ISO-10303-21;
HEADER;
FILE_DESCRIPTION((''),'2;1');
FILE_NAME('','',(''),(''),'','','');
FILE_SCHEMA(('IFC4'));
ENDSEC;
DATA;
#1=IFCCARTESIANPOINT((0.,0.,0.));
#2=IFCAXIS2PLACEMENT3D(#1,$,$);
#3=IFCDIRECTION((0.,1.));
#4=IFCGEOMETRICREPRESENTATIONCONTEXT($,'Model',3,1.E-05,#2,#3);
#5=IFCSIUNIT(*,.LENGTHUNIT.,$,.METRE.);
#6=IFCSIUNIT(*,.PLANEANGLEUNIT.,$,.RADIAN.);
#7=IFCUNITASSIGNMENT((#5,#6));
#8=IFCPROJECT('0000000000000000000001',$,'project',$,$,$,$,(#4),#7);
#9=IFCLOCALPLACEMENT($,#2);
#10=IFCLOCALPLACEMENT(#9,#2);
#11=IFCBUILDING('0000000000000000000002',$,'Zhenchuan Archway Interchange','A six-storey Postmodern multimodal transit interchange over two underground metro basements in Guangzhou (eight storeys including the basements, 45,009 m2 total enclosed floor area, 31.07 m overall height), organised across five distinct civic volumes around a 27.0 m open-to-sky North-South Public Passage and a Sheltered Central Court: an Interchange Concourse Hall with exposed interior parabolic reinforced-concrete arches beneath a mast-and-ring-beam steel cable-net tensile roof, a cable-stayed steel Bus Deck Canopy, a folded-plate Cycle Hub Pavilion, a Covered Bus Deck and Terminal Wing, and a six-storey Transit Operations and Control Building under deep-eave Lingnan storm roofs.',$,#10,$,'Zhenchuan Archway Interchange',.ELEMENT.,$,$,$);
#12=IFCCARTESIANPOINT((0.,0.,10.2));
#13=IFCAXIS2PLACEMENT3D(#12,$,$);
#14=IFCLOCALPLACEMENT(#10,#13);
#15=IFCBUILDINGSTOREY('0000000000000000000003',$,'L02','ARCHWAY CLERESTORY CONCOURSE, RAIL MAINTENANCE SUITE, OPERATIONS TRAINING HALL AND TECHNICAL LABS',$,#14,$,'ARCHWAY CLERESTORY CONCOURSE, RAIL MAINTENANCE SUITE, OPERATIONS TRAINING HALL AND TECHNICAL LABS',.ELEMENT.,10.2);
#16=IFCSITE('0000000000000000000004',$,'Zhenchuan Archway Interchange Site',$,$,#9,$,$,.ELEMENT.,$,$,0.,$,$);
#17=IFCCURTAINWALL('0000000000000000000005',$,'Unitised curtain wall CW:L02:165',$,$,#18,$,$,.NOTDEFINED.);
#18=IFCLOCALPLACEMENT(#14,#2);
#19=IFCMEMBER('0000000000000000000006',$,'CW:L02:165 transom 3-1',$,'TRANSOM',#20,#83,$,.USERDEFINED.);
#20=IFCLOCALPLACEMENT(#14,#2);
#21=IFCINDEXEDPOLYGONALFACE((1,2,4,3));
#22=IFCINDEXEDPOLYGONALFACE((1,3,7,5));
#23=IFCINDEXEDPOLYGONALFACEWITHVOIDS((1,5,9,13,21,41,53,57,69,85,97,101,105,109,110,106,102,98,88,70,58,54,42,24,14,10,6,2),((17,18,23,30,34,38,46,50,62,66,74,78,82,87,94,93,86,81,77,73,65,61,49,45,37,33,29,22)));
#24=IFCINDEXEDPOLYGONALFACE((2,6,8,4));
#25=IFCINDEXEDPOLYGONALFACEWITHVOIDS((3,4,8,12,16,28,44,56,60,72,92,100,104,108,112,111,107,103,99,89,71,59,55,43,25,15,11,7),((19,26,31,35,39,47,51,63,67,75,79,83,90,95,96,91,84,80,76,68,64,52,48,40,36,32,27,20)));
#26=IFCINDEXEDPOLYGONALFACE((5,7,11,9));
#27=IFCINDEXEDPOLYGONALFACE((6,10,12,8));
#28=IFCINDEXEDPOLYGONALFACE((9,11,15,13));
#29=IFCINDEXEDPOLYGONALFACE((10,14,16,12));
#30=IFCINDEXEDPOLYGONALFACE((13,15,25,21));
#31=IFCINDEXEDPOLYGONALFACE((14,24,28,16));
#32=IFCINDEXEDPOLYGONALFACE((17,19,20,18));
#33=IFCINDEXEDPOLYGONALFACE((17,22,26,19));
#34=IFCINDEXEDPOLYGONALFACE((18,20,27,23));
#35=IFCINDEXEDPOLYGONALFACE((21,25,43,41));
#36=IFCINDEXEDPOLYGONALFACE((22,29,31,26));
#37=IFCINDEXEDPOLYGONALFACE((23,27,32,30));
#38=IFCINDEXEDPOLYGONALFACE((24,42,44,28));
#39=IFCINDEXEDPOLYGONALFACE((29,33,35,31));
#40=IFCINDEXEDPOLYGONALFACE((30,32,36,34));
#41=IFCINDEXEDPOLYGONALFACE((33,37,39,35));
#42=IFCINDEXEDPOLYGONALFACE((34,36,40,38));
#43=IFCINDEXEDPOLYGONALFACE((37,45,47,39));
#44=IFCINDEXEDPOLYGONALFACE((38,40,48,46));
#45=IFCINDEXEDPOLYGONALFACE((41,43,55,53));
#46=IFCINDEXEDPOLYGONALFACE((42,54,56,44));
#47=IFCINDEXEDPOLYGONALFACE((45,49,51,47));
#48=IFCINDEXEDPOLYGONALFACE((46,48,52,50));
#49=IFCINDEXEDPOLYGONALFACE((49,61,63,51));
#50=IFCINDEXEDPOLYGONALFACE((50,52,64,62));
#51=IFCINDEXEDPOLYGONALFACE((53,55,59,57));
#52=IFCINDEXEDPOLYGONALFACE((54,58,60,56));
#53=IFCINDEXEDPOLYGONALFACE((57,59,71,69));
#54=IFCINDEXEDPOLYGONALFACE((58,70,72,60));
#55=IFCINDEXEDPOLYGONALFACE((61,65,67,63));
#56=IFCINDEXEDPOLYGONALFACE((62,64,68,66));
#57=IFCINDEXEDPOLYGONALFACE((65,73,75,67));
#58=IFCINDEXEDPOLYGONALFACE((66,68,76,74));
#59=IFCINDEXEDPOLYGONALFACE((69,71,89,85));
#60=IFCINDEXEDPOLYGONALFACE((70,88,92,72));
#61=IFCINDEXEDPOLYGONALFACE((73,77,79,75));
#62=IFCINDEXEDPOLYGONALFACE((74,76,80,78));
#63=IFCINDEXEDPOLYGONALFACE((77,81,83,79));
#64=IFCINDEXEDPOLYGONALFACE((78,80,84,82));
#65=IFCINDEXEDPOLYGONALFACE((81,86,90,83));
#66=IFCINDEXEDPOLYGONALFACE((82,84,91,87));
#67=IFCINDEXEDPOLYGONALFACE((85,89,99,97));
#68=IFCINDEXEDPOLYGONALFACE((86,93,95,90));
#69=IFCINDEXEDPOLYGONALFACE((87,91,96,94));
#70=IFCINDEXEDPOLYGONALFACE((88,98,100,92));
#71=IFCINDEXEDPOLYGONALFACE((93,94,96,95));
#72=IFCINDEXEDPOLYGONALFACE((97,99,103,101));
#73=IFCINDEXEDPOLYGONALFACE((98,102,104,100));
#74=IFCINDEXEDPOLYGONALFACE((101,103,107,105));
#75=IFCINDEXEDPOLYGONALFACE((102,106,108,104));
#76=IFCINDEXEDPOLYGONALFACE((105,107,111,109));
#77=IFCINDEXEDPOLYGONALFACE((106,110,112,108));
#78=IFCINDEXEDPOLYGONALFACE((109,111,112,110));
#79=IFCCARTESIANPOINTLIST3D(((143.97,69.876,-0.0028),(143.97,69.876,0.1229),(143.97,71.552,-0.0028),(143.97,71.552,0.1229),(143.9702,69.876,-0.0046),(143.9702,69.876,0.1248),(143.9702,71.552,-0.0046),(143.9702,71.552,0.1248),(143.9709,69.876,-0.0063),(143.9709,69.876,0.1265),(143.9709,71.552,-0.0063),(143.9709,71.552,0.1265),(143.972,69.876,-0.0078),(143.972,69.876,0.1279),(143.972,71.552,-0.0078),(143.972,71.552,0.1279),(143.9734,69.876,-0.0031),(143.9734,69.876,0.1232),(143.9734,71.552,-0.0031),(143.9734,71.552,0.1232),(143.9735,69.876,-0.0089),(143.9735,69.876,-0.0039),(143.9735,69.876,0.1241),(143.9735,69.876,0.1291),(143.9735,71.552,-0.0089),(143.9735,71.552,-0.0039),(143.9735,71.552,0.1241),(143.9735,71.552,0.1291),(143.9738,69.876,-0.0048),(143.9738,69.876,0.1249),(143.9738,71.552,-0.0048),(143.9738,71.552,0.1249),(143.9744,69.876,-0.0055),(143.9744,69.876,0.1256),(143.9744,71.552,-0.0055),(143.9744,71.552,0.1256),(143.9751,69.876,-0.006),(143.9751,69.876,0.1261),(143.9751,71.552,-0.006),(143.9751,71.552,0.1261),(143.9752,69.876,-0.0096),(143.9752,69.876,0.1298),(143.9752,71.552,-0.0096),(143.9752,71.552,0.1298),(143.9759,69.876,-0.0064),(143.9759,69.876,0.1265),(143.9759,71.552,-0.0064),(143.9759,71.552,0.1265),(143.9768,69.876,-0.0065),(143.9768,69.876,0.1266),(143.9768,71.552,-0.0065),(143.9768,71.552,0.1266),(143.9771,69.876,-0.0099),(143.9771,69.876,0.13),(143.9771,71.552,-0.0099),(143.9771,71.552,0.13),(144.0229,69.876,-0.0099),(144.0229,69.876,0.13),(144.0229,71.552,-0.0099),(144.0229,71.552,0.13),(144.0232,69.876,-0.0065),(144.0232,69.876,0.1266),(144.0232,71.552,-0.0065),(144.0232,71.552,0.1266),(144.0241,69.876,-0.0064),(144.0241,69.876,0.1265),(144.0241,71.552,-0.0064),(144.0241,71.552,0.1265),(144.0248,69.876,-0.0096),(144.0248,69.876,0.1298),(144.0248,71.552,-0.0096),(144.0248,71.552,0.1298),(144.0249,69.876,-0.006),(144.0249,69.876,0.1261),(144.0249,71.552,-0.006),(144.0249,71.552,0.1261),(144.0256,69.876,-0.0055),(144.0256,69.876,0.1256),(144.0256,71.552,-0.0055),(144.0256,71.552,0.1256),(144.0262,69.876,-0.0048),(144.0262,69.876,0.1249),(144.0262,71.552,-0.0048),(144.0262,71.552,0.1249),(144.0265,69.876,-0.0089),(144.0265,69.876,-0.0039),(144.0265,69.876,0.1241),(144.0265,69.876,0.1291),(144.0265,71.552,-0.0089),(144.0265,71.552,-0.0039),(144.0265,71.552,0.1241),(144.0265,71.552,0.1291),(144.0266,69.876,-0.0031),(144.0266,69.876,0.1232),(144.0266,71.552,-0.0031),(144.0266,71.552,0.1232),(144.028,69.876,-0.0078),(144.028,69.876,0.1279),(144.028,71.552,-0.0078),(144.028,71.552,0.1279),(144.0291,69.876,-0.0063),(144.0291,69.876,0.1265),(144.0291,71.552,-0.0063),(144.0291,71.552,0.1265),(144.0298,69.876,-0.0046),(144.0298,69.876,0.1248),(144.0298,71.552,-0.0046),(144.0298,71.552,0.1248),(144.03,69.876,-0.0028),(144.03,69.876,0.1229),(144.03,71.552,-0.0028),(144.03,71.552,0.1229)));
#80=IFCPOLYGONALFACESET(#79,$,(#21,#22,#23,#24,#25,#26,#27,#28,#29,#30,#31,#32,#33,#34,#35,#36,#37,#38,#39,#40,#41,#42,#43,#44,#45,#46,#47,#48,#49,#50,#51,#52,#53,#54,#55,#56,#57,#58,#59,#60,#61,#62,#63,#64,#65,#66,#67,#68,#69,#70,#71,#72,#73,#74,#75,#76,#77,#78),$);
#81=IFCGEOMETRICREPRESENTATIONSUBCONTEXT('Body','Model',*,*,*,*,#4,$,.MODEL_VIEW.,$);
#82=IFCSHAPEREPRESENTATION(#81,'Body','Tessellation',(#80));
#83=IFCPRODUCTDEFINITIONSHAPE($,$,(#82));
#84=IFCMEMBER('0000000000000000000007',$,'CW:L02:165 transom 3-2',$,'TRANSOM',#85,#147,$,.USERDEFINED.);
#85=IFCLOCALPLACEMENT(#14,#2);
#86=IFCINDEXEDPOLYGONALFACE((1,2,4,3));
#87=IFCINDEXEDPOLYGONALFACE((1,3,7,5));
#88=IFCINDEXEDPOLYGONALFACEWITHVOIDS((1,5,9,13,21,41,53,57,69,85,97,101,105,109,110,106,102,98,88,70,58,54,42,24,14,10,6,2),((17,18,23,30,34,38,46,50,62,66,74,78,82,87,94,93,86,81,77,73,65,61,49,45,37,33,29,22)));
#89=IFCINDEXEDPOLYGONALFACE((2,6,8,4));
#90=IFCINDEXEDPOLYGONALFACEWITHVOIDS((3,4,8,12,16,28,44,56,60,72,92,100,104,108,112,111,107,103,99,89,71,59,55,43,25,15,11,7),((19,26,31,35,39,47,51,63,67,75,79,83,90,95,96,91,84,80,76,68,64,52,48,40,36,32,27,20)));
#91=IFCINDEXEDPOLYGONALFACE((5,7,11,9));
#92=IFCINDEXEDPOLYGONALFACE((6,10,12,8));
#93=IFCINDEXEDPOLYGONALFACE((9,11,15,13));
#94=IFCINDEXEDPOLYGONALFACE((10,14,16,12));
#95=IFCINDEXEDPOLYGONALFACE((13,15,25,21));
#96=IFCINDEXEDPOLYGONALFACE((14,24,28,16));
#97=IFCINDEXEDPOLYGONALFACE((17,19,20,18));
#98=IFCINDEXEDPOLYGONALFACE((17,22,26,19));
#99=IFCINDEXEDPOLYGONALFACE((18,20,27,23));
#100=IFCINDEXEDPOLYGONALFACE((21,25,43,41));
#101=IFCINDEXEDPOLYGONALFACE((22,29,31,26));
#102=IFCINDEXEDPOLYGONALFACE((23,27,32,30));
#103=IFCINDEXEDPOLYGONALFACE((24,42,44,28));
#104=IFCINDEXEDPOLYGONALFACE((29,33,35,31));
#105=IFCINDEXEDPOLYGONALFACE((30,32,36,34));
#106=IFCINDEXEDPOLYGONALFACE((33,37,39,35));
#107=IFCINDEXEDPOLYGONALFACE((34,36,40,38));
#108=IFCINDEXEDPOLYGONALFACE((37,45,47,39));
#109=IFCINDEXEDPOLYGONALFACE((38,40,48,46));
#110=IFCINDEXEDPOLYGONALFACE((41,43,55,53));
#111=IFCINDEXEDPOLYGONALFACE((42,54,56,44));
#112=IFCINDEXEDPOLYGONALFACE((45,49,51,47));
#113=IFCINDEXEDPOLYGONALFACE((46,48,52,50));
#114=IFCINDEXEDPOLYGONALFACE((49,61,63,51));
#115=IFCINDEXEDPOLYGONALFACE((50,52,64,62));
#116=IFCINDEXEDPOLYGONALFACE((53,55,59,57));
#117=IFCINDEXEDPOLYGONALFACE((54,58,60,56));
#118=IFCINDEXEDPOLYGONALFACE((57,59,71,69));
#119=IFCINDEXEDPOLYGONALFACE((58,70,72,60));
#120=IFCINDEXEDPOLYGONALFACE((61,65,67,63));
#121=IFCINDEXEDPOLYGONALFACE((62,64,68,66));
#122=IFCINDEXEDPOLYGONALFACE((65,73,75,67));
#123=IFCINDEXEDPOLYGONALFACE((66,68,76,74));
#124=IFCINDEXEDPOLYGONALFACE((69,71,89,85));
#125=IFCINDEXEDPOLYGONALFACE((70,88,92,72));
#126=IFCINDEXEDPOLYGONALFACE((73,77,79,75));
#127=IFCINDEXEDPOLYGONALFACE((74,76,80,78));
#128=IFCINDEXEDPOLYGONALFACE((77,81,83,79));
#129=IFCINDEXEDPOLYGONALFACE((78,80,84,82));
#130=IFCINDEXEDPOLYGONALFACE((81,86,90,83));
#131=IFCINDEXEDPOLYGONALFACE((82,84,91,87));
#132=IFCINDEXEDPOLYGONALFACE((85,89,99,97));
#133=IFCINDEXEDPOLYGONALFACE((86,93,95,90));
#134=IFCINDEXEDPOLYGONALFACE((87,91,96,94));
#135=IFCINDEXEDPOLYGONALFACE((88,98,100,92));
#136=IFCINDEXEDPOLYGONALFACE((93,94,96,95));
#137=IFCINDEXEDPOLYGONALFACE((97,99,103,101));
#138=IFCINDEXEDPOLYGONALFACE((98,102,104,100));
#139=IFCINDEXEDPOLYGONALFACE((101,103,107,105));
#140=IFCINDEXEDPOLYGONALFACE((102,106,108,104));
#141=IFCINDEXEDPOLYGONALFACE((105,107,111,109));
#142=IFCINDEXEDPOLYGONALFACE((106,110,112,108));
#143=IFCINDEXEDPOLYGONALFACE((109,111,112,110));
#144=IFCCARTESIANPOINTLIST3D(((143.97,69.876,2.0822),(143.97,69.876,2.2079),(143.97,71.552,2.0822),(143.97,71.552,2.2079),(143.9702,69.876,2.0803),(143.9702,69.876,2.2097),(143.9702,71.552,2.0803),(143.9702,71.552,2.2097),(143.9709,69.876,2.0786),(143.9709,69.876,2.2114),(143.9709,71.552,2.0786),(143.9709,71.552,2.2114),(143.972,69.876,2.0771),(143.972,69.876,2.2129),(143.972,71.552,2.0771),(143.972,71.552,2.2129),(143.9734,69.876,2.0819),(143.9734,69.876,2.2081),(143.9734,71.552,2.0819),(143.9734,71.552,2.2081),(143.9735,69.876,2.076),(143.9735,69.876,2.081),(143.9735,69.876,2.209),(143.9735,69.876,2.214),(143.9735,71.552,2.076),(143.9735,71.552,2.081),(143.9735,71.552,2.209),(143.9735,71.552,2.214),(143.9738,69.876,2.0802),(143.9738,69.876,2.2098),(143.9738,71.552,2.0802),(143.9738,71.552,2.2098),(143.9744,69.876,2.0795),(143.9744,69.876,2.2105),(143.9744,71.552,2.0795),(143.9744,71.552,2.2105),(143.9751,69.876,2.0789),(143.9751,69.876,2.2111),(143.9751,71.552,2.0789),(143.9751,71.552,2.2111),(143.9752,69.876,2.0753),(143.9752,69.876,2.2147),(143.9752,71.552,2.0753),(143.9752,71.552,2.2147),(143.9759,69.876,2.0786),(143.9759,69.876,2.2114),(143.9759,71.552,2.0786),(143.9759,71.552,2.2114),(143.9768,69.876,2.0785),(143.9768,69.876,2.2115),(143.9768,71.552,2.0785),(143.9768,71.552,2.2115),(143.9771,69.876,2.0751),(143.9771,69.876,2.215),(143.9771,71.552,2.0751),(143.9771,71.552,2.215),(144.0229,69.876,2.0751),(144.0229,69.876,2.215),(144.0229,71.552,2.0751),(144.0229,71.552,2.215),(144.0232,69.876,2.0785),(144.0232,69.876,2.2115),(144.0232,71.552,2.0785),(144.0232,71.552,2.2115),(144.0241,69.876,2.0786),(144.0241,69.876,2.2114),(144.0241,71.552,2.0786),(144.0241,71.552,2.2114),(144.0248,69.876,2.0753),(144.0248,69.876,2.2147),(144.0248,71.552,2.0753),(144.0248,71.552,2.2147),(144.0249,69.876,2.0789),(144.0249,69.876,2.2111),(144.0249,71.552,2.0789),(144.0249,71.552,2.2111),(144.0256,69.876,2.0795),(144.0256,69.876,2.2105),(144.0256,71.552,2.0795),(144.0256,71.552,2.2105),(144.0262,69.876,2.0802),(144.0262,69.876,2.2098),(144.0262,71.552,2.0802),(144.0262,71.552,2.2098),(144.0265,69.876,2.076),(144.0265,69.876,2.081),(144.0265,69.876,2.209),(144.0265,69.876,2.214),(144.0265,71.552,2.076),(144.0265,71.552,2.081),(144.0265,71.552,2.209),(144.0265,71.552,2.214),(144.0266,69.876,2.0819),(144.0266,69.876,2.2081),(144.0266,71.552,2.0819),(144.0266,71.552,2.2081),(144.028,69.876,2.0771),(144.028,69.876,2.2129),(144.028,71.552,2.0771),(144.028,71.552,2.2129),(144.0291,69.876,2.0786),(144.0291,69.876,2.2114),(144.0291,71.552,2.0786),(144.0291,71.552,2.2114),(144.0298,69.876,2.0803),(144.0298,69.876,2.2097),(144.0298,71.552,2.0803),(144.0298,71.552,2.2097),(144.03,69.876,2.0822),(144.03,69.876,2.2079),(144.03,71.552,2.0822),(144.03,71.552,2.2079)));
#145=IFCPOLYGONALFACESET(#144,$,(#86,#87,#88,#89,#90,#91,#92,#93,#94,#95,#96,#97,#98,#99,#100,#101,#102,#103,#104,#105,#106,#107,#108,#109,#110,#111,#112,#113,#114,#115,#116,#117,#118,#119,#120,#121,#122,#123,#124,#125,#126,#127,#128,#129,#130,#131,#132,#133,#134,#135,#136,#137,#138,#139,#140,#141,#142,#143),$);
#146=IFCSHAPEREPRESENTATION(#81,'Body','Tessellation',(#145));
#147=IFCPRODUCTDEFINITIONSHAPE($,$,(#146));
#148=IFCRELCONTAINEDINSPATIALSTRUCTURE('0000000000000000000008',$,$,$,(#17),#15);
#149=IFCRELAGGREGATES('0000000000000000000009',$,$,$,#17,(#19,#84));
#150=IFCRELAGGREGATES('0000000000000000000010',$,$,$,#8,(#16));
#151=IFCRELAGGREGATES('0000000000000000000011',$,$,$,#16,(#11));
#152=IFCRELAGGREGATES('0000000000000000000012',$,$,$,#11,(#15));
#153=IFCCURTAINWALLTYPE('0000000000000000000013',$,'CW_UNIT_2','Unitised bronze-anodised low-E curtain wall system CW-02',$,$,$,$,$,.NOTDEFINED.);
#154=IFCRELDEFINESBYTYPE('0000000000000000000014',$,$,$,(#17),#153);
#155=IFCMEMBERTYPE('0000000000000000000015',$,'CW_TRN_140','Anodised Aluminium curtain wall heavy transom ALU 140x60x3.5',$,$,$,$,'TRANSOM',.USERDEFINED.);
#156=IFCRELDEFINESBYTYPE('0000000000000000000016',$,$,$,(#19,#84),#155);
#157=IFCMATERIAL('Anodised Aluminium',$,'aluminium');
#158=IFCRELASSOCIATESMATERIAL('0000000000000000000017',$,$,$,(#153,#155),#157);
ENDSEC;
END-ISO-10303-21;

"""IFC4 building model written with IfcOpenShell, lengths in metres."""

from ifc_helpers import new_model, si_unit, direction, frame, origin, origin_2d, place, context, subcontext, project, spatial, hollow_rectangle, extrude, material, material_profile, profile_set, type_object, element, aggregate, save


model = new_model("IFC4")

# Units and contexts
model_context = context("Model", 3, precision=1e-05, world=origin(), true_north=direction((0.0, 1.0)))
body_context = subcontext(model_context, "Body", "Model", "MODEL_VIEW")
ifc_project = project(units=[si_unit("LENGTHUNIT", "METRE"), si_unit("PLANEANGLEUNIT", "RADIAN")], contexts=[model_context])

# Site, building, storey
site_placement = place(None, origin())
site = spatial("IfcSite", under=ifc_project, at=site_placement, Name="Zhenchuan Archway Interchange Site", CompositionType="ELEMENT", RefElevation=0.0)
building_placement = place(site_placement, origin())
building = spatial("IfcBuilding", under=site, at=building_placement, Name="Zhenchuan Archway Interchange", Description="A six-storey Postmodern multimodal transit interchange over two underground metro basements in Guangzhou (eight storeys including the basements, 45,009 m2 total enclosed floor area, 31.07 m overall height), organised across five distinct civic volumes around a 27.0 m open-to-sky North-South Public Passage and a Sheltered Central Court: an Interchange Concourse Hall with exposed interior parabolic reinforced-concrete arches beneath a mast-and-ring-beam steel cable-net tensile roof, a cable-stayed steel Bus Deck Canopy, a folded-plate Cycle Hub Pavilion, a Covered Bus Deck and Terminal Wing, and a six-storey Transit Operations and Control Building under deep-eave Lingnan storm roofs.", LongName="Zhenchuan Archway Interchange", CompositionType="ELEMENT")
storey_placement = place(building_placement, frame((0.0, 0.0, 10.2)))
storey = spatial("IfcBuildingStorey", under=building, at=storey_placement, Name="L02", Description="ARCHWAY CLERESTORY CONCOURSE, RAIL MAINTENANCE SUITE, OPERATIONS TRAINING HALL AND TECHNICAL LABS", LongName="ARCHWAY CLERESTORY CONCOURSE, RAIL MAINTENANCE SUITE, OPERATIONS TRAINING HALL AND TECHNICAL LABS", CompositionType="ELEMENT", Elevation=10.2)

# Curtain wall, members
ifc_material_1 = material(Name="Anodised Aluminium", Category="aluminium")
curtain_wall_type = type_object("IfcCurtainWallType", Name="CW_UNIT_2", Description="Unitised bronze-anodised low-E curtain wall system CW-02", PredefinedType="NOTDEFINED", material=ifc_material_1)
curtain_wall_placement = place(storey_placement, origin())
curtain_wall = element("IfcCurtainWall", 1, at=curtain_wall_placement, inside=storey, type_object=curtain_wall_type, Name="Unitised curtain wall CW:L02:165", PredefinedType="NOTDEFINED")
ifc_material_profile_1 = material_profile(ifc_material_1, hollow_rectangle(XDim=0.0601, YDim=0.1399, WallThickness=0.0034, InnerFilletRadius=0.0034, OuterFilletRadius=0.0071, at=origin_2d()), Name="ALU 140x60x3.5")
ifc_profile_set_1 = profile_set([ifc_material_profile_1], Name="Anodised Aluminium")
member_type_1 = type_object("IfcMemberType", Name="CW_TRN_140", Description="Anodised Aluminium curtain wall heavy transom ALU 140x60x3.5", ElementType="TRANSOM", PredefinedType="USERDEFINED", material=ifc_profile_set_1)
member_1_placement = place(storey_placement, frame((144.0, 69.876, 0.0601), z_axis=(0.0, 1.0, 0.0), x_axis=(-1.0, 0.0, 0.0)))
member_1 = element("IfcMember", 2, at=member_1_placement, type_object=member_type_1, Name="CW:L02:165 transom 3-1", ObjectType="TRANSOM", PredefinedType="USERDEFINED", context=body_context, shape_type="SweptSolid", body=[
    extrude(hollow_rectangle(XDim=0.0601, YDim=0.1399, WallThickness=0.0034, InnerFilletRadius=0.0034, OuterFilletRadius=0.0071, at=origin_2d()), origin(), (0.0, 0.0, 1.0), 1.676),
])
member_2_placement = place(storey_placement, frame((144.0, 69.876, 2.145), z_axis=(0.0, 1.0, 0.0), x_axis=(-1.0, 0.0, 0.0)))
member_2 = element("IfcMember", 3, at=member_2_placement, type_object=member_type_1, Name="CW:L02:165 transom 3-2", ObjectType="TRANSOM", PredefinedType="USERDEFINED", context=body_context, shape_type="SweptSolid", body=[
    extrude(hollow_rectangle(XDim=0.0601, YDim=0.1399, WallThickness=0.0034, InnerFilletRadius=0.0034, OuterFilletRadius=0.0071, at=origin_2d()), origin(), (0.0, 0.0, 1.0), 1.676),
])

aggregate(curtain_wall, [member_1, member_2])

save(model, "model.ifc")
